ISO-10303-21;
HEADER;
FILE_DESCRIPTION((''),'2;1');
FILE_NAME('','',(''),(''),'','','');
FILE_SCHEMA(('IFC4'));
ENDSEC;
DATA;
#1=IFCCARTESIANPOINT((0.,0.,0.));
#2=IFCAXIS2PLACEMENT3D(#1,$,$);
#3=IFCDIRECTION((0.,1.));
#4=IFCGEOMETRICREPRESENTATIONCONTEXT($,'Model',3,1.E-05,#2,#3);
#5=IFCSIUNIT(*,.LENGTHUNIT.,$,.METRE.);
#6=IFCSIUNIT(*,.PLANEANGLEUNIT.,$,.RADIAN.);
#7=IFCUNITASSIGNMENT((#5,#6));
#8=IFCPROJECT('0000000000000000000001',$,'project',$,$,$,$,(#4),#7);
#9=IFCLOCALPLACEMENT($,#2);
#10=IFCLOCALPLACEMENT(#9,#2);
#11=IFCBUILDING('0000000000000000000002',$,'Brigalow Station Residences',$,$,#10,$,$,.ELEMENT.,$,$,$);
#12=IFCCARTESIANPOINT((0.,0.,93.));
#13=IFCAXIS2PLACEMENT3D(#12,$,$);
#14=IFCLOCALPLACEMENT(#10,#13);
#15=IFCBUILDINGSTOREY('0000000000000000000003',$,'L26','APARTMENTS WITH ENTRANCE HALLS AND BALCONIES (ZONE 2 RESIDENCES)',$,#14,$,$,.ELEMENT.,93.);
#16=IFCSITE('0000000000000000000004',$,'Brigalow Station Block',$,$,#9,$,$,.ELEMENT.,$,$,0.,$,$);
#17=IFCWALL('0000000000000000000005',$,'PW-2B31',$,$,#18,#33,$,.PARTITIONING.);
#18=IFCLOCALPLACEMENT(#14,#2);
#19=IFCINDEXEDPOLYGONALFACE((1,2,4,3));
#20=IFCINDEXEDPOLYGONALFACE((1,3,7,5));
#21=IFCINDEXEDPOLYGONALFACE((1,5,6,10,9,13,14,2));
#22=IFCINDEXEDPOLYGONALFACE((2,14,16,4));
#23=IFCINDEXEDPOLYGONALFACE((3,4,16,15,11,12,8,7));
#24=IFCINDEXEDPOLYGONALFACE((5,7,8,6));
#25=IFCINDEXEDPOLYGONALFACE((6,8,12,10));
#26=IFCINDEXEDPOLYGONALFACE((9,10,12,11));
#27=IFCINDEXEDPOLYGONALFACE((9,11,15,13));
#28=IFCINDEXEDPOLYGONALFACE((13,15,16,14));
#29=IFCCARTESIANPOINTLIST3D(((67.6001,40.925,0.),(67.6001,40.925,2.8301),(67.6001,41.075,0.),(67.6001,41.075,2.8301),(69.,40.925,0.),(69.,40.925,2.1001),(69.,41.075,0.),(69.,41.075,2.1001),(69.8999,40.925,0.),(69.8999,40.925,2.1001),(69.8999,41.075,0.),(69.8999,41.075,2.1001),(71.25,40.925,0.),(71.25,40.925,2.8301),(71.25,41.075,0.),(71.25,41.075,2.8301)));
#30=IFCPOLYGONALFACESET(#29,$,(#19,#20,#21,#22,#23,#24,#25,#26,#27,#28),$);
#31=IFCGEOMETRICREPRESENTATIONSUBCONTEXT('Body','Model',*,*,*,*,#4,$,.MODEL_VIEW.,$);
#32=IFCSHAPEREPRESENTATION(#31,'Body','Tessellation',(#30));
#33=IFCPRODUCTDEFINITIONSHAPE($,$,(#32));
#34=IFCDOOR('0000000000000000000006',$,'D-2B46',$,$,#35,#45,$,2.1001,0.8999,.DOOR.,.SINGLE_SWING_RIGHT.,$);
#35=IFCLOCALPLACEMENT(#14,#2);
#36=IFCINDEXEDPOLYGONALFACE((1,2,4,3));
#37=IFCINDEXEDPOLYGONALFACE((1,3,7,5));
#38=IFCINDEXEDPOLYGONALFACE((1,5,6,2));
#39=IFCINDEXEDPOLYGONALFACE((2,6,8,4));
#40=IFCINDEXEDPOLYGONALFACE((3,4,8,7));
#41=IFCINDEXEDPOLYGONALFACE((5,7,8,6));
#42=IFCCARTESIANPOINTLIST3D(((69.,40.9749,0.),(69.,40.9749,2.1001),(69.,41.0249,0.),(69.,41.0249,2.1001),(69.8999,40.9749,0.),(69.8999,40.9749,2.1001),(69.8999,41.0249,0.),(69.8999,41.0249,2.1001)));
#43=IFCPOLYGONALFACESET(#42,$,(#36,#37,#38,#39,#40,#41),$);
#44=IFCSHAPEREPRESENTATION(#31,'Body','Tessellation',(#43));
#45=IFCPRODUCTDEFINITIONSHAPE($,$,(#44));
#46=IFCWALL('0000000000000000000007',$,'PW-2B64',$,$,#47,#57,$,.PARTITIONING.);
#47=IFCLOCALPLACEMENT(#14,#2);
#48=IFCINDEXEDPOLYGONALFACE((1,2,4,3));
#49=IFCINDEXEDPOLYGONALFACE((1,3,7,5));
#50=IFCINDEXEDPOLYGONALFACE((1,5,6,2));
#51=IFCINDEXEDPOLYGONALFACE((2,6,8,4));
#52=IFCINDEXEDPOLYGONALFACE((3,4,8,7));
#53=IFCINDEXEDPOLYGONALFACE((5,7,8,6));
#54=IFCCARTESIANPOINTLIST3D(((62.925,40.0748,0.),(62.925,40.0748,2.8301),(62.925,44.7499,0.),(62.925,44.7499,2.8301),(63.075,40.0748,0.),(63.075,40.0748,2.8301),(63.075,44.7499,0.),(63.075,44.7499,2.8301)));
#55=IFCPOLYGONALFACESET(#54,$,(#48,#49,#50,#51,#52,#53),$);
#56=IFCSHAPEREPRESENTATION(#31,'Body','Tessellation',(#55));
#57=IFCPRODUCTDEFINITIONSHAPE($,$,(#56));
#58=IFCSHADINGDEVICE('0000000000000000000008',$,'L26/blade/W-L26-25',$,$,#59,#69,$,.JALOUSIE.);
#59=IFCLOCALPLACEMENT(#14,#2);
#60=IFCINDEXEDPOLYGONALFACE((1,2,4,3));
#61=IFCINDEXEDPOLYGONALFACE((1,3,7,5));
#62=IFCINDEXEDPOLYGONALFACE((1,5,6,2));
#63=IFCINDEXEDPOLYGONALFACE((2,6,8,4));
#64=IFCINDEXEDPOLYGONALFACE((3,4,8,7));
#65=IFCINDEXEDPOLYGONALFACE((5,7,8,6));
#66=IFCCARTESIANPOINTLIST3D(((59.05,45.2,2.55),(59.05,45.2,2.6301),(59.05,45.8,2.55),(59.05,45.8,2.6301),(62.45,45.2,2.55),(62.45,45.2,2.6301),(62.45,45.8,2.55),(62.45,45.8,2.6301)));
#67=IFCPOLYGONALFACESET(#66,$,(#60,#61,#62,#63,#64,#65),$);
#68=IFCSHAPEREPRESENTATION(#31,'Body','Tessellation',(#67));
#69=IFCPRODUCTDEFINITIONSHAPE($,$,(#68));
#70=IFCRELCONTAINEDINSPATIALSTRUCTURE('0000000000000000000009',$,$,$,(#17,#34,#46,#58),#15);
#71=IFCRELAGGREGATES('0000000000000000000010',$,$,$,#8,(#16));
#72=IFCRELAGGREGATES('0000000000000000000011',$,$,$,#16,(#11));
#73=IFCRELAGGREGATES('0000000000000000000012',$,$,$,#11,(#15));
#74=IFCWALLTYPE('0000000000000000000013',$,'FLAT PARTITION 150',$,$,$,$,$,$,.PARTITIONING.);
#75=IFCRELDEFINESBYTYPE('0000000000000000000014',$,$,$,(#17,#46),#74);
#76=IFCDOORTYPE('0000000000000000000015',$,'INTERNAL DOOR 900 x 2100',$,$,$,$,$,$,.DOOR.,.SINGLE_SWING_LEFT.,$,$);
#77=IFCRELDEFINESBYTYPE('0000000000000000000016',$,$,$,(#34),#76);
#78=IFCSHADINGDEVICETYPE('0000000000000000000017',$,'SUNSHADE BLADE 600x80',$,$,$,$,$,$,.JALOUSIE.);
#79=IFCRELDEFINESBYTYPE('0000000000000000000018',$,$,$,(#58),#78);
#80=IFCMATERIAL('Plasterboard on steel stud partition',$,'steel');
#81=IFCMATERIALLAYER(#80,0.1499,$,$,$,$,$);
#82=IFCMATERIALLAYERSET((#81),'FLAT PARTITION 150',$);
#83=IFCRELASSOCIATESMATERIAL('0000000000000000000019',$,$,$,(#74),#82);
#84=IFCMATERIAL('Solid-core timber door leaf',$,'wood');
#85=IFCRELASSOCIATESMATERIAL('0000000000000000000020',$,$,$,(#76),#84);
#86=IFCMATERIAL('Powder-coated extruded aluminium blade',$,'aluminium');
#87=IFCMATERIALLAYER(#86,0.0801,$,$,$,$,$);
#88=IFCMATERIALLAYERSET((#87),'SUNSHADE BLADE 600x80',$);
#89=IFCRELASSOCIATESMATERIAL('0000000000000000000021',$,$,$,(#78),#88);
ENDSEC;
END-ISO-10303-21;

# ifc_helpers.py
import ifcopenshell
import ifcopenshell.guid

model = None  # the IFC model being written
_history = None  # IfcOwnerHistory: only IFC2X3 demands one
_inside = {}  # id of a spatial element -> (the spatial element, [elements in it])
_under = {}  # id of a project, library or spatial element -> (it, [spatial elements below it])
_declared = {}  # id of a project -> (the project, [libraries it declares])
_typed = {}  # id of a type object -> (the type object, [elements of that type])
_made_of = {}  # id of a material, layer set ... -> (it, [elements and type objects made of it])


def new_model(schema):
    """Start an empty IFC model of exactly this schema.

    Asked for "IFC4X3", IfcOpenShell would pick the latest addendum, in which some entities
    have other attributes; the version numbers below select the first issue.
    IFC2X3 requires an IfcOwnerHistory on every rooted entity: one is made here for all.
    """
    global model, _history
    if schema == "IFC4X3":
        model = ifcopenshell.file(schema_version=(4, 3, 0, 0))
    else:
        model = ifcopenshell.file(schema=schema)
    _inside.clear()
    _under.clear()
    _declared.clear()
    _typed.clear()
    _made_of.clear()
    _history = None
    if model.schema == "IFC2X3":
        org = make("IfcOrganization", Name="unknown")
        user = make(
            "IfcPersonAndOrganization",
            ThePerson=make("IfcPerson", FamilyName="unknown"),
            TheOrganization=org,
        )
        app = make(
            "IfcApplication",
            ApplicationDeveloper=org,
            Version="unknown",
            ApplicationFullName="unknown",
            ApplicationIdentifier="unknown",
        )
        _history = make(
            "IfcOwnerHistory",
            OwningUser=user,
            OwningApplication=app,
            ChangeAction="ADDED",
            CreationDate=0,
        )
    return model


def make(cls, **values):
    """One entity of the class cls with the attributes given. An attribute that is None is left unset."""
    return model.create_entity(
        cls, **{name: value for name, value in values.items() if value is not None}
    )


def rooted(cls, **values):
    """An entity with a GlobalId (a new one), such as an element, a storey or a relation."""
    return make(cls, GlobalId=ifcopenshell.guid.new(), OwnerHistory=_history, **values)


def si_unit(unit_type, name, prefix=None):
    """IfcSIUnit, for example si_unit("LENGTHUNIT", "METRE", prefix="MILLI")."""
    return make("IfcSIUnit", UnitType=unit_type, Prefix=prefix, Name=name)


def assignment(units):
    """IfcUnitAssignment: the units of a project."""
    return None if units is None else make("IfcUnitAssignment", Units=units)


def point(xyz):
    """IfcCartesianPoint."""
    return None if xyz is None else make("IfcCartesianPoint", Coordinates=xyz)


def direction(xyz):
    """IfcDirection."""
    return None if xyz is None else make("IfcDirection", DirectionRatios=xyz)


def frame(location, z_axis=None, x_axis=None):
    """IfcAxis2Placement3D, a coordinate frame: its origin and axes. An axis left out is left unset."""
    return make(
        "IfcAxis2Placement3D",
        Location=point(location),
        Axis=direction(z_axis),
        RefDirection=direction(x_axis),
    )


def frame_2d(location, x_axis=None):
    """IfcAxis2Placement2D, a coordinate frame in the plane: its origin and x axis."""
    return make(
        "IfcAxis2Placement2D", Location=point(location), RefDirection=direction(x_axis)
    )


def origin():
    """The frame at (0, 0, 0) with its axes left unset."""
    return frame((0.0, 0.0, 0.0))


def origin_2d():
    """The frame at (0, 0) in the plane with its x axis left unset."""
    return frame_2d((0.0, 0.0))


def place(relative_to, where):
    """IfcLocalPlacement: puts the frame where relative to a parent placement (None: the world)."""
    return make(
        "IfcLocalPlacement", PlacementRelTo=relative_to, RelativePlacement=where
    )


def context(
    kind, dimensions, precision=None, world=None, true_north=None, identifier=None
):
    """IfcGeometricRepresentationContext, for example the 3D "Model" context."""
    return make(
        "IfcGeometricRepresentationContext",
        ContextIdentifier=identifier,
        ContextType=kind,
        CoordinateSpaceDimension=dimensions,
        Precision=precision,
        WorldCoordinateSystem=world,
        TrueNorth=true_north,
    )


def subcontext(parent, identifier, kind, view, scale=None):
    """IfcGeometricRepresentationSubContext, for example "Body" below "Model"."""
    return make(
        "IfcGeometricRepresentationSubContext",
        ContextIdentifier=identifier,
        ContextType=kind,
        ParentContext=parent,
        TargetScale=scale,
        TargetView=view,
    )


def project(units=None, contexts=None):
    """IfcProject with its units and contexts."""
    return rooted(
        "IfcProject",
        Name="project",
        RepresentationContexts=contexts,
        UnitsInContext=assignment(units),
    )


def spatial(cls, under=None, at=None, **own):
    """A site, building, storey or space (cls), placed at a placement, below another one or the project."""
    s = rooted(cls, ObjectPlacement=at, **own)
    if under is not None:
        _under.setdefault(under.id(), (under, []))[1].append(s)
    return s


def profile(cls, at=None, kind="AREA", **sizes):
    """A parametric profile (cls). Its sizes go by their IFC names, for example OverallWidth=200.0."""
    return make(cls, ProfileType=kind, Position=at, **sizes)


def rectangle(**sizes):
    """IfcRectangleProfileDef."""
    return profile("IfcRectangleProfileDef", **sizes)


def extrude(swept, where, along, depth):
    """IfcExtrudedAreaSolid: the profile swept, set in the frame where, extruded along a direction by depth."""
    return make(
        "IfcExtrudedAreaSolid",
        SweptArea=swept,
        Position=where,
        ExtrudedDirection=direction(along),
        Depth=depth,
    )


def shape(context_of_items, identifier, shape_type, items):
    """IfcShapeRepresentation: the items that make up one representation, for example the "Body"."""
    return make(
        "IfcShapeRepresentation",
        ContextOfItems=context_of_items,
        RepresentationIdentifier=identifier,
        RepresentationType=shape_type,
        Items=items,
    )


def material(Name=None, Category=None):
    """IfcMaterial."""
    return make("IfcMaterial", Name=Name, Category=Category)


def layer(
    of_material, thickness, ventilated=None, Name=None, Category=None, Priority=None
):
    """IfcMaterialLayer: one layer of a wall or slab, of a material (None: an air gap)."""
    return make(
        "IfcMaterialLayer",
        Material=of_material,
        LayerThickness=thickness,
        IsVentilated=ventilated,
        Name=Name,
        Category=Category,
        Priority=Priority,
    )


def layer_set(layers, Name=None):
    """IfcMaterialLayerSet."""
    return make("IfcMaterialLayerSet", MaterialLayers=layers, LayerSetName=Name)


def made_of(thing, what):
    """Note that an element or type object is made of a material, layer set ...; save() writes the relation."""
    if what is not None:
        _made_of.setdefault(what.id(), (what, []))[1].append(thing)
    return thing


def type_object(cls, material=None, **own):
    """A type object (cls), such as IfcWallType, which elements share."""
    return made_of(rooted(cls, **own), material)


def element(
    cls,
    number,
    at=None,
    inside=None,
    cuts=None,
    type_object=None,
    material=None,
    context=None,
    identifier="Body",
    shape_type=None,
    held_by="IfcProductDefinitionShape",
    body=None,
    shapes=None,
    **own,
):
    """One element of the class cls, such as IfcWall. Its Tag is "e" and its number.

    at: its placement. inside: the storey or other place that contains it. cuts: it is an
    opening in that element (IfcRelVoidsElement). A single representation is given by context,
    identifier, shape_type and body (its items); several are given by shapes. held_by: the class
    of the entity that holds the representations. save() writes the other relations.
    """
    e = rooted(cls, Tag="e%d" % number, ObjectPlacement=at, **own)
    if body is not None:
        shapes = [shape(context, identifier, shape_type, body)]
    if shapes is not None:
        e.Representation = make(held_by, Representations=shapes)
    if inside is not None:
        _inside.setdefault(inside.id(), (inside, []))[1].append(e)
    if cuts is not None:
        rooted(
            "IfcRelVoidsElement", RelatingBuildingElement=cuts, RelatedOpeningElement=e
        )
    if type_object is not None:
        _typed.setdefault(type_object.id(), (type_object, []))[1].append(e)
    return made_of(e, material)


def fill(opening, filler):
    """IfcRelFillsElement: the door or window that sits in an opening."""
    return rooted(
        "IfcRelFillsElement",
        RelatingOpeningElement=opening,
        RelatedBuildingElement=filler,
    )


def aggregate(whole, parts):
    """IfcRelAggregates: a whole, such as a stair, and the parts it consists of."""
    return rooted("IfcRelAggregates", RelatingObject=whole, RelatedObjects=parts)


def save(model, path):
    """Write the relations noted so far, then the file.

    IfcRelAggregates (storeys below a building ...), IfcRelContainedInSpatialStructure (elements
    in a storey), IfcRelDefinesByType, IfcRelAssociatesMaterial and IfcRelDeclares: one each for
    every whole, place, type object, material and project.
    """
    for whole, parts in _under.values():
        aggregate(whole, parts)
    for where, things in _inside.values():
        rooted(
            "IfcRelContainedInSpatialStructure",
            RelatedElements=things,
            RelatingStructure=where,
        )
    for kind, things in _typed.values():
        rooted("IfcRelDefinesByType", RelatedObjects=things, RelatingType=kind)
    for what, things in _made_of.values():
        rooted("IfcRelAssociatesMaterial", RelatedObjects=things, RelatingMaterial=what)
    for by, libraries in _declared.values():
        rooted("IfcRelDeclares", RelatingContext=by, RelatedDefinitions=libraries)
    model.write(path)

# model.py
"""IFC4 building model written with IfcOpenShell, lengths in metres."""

from ifc_helpers import new_model, si_unit, direction, frame, frame_2d, origin, origin_2d, place, context, subcontext, project, spatial, rectangle, extrude, material, layer, layer_set, type_object, element, fill, save


model = new_model("IFC4")

# Units and contexts
model_context = context("Model", 3, precision=1e-05, world=origin(), true_north=direction((0.0, 1.0)))
body_context = subcontext(model_context, "Body", "Model", "MODEL_VIEW")
ifc_project = project(units=[si_unit("LENGTHUNIT", "METRE"), si_unit("PLANEANGLEUNIT", "RADIAN")], contexts=[model_context])

# Site, building, storey
site_placement = place(None, origin())
site = spatial("IfcSite", under=ifc_project, at=site_placement, Name="Brigalow Station Block", CompositionType="ELEMENT", RefElevation=0.0)
building_placement = place(site_placement, origin())
building = spatial("IfcBuilding", under=site, at=building_placement, Name="Brigalow Station Residences", CompositionType="ELEMENT")
storey_placement = place(building_placement, frame((0.0, 0.0, 93.0)))
storey = spatial("IfcBuildingStorey", under=building, at=storey_placement, Name="L26", Description="APARTMENTS WITH ENTRANCE HALLS AND BALCONIES (ZONE 2 RESIDENCES)", CompositionType="ELEMENT", Elevation=93.0)

# Wall, opening, door
ifc_material_1 = material(Name="Plasterboard on steel stud partition", Category="steel")
ifc_layer_1 = layer(ifc_material_1, 0.1499)
ifc_layer_set_1 = layer_set([ifc_layer_1], Name="FLAT PARTITION 150")
wall_type_1 = type_object("IfcWallType", Name="FLAT PARTITION 150", PredefinedType="PARTITIONING", material=ifc_layer_set_1)
wall_1_placement = place(storey_placement, frame((67.6001, 41.0, 0.0), z_axis=(0.0, 0.0, 1.0), x_axis=(1.0, 0.0, 0.0)))
wall_1 = element("IfcWall", 1, at=wall_1_placement, inside=storey, type_object=wall_type_1, Name="PW-2B31", PredefinedType="PARTITIONING", context=body_context, shape_type="SweptSolid", body=[
    extrude(rectangle(XDim=3.6499, YDim=0.1499, at=frame_2d((1.825, 0.0))), origin(), (0.0, 0.0, 1.0), 2.8301),
])
opening_1_placement = place(wall_1_placement, frame((1.3999, 0.0, 0.0)))
opening_1 = element("IfcOpeningElement", 2, at=opening_1_placement, cuts=wall_1, PredefinedType="OPENING", context=body_context, shape_type="SweptSolid", body=[
    extrude(rectangle(XDim=0.8999, YDim=2.1001, at=frame_2d((0.45, 1.05))), frame((0.0, 0.085, 0.0), z_axis=(0.0, -1.0, 0.0), x_axis=(1.0, 0.0, 0.0)), (0.0, 0.0, 1.0), 0.1699),
])
ifc_material_2 = material(Name="Solid-core timber door leaf", Category="wood")
door_type_1 = type_object("IfcDoorType", Name="INTERNAL DOOR 900 x 2100", OperationType="SINGLE_SWING_LEFT", PredefinedType="DOOR", material=ifc_material_2)
door_1_placement = place(opening_1_placement, origin())
door_1 = element("IfcDoor", 3, at=door_1_placement, inside=storey, type_object=door_type_1, Name="D-2B46", OperationType="SINGLE_SWING_RIGHT", OverallHeight=2.1001, OverallWidth=0.8999, PredefinedType="DOOR", context=body_context, shape_type="SweptSolid", body=[
    extrude(rectangle(XDim=0.8999, YDim=2.1001, at=frame_2d((0.45, 1.05))), frame((0.0, 0.0249, 0.0), z_axis=(0.0, -1.0, 0.0), x_axis=(1.0, 0.0, 0.0)), (0.0, 0.0, 1.0), 0.05),
])
fill(opening_1, door_1)

# Wall
wall_2_placement = place(storey_placement, frame((63.0, 40.075, 0.0), z_axis=(0.0, 0.0, 1.0), x_axis=(0.0, 1.0, 0.0)))
element("IfcWall", 4, at=wall_2_placement, inside=storey, type_object=wall_type_1, Name="PW-2B64", PredefinedType="PARTITIONING", context=body_context, shape_type="SweptSolid", body=[
    extrude(rectangle(XDim=4.675, YDim=0.1499, at=frame_2d((2.3374, 0.0))), origin(), (0.0, 0.0, 1.0), 2.8301),
])

# Shading device
ifc_material_3 = material(Name="Powder-coated extruded aluminium blade", Category="aluminium")
ifc_layer_2 = layer(ifc_material_3, 0.0801)
ifc_layer_set_2 = layer_set([ifc_layer_2], Name="SUNSHADE BLADE 600x80")
shading_device_type = type_object("IfcShadingDeviceType", Name="SUNSHADE BLADE 600x80", PredefinedType="JALOUSIE", material=ifc_layer_set_2)
shading_device_placement = place(storey_placement, frame((60.75, 45.5, 2.55), z_axis=(0.0, 0.0, 1.0), x_axis=(-1.0, 0.0, 0.0)))
element("IfcShadingDevice", 5, at=shading_device_placement, inside=storey, type_object=shading_device_type, Name="L26/blade/W-L26-25", PredefinedType="JALOUSIE", context=body_context, shape_type="SweptSolid", body=[
    extrude(rectangle(XDim=3.3999, YDim=0.6001, at=origin_2d()), origin(), (0.0, 0.0, 1.0), 0.0801),
])

save(model, "model.ifc")
